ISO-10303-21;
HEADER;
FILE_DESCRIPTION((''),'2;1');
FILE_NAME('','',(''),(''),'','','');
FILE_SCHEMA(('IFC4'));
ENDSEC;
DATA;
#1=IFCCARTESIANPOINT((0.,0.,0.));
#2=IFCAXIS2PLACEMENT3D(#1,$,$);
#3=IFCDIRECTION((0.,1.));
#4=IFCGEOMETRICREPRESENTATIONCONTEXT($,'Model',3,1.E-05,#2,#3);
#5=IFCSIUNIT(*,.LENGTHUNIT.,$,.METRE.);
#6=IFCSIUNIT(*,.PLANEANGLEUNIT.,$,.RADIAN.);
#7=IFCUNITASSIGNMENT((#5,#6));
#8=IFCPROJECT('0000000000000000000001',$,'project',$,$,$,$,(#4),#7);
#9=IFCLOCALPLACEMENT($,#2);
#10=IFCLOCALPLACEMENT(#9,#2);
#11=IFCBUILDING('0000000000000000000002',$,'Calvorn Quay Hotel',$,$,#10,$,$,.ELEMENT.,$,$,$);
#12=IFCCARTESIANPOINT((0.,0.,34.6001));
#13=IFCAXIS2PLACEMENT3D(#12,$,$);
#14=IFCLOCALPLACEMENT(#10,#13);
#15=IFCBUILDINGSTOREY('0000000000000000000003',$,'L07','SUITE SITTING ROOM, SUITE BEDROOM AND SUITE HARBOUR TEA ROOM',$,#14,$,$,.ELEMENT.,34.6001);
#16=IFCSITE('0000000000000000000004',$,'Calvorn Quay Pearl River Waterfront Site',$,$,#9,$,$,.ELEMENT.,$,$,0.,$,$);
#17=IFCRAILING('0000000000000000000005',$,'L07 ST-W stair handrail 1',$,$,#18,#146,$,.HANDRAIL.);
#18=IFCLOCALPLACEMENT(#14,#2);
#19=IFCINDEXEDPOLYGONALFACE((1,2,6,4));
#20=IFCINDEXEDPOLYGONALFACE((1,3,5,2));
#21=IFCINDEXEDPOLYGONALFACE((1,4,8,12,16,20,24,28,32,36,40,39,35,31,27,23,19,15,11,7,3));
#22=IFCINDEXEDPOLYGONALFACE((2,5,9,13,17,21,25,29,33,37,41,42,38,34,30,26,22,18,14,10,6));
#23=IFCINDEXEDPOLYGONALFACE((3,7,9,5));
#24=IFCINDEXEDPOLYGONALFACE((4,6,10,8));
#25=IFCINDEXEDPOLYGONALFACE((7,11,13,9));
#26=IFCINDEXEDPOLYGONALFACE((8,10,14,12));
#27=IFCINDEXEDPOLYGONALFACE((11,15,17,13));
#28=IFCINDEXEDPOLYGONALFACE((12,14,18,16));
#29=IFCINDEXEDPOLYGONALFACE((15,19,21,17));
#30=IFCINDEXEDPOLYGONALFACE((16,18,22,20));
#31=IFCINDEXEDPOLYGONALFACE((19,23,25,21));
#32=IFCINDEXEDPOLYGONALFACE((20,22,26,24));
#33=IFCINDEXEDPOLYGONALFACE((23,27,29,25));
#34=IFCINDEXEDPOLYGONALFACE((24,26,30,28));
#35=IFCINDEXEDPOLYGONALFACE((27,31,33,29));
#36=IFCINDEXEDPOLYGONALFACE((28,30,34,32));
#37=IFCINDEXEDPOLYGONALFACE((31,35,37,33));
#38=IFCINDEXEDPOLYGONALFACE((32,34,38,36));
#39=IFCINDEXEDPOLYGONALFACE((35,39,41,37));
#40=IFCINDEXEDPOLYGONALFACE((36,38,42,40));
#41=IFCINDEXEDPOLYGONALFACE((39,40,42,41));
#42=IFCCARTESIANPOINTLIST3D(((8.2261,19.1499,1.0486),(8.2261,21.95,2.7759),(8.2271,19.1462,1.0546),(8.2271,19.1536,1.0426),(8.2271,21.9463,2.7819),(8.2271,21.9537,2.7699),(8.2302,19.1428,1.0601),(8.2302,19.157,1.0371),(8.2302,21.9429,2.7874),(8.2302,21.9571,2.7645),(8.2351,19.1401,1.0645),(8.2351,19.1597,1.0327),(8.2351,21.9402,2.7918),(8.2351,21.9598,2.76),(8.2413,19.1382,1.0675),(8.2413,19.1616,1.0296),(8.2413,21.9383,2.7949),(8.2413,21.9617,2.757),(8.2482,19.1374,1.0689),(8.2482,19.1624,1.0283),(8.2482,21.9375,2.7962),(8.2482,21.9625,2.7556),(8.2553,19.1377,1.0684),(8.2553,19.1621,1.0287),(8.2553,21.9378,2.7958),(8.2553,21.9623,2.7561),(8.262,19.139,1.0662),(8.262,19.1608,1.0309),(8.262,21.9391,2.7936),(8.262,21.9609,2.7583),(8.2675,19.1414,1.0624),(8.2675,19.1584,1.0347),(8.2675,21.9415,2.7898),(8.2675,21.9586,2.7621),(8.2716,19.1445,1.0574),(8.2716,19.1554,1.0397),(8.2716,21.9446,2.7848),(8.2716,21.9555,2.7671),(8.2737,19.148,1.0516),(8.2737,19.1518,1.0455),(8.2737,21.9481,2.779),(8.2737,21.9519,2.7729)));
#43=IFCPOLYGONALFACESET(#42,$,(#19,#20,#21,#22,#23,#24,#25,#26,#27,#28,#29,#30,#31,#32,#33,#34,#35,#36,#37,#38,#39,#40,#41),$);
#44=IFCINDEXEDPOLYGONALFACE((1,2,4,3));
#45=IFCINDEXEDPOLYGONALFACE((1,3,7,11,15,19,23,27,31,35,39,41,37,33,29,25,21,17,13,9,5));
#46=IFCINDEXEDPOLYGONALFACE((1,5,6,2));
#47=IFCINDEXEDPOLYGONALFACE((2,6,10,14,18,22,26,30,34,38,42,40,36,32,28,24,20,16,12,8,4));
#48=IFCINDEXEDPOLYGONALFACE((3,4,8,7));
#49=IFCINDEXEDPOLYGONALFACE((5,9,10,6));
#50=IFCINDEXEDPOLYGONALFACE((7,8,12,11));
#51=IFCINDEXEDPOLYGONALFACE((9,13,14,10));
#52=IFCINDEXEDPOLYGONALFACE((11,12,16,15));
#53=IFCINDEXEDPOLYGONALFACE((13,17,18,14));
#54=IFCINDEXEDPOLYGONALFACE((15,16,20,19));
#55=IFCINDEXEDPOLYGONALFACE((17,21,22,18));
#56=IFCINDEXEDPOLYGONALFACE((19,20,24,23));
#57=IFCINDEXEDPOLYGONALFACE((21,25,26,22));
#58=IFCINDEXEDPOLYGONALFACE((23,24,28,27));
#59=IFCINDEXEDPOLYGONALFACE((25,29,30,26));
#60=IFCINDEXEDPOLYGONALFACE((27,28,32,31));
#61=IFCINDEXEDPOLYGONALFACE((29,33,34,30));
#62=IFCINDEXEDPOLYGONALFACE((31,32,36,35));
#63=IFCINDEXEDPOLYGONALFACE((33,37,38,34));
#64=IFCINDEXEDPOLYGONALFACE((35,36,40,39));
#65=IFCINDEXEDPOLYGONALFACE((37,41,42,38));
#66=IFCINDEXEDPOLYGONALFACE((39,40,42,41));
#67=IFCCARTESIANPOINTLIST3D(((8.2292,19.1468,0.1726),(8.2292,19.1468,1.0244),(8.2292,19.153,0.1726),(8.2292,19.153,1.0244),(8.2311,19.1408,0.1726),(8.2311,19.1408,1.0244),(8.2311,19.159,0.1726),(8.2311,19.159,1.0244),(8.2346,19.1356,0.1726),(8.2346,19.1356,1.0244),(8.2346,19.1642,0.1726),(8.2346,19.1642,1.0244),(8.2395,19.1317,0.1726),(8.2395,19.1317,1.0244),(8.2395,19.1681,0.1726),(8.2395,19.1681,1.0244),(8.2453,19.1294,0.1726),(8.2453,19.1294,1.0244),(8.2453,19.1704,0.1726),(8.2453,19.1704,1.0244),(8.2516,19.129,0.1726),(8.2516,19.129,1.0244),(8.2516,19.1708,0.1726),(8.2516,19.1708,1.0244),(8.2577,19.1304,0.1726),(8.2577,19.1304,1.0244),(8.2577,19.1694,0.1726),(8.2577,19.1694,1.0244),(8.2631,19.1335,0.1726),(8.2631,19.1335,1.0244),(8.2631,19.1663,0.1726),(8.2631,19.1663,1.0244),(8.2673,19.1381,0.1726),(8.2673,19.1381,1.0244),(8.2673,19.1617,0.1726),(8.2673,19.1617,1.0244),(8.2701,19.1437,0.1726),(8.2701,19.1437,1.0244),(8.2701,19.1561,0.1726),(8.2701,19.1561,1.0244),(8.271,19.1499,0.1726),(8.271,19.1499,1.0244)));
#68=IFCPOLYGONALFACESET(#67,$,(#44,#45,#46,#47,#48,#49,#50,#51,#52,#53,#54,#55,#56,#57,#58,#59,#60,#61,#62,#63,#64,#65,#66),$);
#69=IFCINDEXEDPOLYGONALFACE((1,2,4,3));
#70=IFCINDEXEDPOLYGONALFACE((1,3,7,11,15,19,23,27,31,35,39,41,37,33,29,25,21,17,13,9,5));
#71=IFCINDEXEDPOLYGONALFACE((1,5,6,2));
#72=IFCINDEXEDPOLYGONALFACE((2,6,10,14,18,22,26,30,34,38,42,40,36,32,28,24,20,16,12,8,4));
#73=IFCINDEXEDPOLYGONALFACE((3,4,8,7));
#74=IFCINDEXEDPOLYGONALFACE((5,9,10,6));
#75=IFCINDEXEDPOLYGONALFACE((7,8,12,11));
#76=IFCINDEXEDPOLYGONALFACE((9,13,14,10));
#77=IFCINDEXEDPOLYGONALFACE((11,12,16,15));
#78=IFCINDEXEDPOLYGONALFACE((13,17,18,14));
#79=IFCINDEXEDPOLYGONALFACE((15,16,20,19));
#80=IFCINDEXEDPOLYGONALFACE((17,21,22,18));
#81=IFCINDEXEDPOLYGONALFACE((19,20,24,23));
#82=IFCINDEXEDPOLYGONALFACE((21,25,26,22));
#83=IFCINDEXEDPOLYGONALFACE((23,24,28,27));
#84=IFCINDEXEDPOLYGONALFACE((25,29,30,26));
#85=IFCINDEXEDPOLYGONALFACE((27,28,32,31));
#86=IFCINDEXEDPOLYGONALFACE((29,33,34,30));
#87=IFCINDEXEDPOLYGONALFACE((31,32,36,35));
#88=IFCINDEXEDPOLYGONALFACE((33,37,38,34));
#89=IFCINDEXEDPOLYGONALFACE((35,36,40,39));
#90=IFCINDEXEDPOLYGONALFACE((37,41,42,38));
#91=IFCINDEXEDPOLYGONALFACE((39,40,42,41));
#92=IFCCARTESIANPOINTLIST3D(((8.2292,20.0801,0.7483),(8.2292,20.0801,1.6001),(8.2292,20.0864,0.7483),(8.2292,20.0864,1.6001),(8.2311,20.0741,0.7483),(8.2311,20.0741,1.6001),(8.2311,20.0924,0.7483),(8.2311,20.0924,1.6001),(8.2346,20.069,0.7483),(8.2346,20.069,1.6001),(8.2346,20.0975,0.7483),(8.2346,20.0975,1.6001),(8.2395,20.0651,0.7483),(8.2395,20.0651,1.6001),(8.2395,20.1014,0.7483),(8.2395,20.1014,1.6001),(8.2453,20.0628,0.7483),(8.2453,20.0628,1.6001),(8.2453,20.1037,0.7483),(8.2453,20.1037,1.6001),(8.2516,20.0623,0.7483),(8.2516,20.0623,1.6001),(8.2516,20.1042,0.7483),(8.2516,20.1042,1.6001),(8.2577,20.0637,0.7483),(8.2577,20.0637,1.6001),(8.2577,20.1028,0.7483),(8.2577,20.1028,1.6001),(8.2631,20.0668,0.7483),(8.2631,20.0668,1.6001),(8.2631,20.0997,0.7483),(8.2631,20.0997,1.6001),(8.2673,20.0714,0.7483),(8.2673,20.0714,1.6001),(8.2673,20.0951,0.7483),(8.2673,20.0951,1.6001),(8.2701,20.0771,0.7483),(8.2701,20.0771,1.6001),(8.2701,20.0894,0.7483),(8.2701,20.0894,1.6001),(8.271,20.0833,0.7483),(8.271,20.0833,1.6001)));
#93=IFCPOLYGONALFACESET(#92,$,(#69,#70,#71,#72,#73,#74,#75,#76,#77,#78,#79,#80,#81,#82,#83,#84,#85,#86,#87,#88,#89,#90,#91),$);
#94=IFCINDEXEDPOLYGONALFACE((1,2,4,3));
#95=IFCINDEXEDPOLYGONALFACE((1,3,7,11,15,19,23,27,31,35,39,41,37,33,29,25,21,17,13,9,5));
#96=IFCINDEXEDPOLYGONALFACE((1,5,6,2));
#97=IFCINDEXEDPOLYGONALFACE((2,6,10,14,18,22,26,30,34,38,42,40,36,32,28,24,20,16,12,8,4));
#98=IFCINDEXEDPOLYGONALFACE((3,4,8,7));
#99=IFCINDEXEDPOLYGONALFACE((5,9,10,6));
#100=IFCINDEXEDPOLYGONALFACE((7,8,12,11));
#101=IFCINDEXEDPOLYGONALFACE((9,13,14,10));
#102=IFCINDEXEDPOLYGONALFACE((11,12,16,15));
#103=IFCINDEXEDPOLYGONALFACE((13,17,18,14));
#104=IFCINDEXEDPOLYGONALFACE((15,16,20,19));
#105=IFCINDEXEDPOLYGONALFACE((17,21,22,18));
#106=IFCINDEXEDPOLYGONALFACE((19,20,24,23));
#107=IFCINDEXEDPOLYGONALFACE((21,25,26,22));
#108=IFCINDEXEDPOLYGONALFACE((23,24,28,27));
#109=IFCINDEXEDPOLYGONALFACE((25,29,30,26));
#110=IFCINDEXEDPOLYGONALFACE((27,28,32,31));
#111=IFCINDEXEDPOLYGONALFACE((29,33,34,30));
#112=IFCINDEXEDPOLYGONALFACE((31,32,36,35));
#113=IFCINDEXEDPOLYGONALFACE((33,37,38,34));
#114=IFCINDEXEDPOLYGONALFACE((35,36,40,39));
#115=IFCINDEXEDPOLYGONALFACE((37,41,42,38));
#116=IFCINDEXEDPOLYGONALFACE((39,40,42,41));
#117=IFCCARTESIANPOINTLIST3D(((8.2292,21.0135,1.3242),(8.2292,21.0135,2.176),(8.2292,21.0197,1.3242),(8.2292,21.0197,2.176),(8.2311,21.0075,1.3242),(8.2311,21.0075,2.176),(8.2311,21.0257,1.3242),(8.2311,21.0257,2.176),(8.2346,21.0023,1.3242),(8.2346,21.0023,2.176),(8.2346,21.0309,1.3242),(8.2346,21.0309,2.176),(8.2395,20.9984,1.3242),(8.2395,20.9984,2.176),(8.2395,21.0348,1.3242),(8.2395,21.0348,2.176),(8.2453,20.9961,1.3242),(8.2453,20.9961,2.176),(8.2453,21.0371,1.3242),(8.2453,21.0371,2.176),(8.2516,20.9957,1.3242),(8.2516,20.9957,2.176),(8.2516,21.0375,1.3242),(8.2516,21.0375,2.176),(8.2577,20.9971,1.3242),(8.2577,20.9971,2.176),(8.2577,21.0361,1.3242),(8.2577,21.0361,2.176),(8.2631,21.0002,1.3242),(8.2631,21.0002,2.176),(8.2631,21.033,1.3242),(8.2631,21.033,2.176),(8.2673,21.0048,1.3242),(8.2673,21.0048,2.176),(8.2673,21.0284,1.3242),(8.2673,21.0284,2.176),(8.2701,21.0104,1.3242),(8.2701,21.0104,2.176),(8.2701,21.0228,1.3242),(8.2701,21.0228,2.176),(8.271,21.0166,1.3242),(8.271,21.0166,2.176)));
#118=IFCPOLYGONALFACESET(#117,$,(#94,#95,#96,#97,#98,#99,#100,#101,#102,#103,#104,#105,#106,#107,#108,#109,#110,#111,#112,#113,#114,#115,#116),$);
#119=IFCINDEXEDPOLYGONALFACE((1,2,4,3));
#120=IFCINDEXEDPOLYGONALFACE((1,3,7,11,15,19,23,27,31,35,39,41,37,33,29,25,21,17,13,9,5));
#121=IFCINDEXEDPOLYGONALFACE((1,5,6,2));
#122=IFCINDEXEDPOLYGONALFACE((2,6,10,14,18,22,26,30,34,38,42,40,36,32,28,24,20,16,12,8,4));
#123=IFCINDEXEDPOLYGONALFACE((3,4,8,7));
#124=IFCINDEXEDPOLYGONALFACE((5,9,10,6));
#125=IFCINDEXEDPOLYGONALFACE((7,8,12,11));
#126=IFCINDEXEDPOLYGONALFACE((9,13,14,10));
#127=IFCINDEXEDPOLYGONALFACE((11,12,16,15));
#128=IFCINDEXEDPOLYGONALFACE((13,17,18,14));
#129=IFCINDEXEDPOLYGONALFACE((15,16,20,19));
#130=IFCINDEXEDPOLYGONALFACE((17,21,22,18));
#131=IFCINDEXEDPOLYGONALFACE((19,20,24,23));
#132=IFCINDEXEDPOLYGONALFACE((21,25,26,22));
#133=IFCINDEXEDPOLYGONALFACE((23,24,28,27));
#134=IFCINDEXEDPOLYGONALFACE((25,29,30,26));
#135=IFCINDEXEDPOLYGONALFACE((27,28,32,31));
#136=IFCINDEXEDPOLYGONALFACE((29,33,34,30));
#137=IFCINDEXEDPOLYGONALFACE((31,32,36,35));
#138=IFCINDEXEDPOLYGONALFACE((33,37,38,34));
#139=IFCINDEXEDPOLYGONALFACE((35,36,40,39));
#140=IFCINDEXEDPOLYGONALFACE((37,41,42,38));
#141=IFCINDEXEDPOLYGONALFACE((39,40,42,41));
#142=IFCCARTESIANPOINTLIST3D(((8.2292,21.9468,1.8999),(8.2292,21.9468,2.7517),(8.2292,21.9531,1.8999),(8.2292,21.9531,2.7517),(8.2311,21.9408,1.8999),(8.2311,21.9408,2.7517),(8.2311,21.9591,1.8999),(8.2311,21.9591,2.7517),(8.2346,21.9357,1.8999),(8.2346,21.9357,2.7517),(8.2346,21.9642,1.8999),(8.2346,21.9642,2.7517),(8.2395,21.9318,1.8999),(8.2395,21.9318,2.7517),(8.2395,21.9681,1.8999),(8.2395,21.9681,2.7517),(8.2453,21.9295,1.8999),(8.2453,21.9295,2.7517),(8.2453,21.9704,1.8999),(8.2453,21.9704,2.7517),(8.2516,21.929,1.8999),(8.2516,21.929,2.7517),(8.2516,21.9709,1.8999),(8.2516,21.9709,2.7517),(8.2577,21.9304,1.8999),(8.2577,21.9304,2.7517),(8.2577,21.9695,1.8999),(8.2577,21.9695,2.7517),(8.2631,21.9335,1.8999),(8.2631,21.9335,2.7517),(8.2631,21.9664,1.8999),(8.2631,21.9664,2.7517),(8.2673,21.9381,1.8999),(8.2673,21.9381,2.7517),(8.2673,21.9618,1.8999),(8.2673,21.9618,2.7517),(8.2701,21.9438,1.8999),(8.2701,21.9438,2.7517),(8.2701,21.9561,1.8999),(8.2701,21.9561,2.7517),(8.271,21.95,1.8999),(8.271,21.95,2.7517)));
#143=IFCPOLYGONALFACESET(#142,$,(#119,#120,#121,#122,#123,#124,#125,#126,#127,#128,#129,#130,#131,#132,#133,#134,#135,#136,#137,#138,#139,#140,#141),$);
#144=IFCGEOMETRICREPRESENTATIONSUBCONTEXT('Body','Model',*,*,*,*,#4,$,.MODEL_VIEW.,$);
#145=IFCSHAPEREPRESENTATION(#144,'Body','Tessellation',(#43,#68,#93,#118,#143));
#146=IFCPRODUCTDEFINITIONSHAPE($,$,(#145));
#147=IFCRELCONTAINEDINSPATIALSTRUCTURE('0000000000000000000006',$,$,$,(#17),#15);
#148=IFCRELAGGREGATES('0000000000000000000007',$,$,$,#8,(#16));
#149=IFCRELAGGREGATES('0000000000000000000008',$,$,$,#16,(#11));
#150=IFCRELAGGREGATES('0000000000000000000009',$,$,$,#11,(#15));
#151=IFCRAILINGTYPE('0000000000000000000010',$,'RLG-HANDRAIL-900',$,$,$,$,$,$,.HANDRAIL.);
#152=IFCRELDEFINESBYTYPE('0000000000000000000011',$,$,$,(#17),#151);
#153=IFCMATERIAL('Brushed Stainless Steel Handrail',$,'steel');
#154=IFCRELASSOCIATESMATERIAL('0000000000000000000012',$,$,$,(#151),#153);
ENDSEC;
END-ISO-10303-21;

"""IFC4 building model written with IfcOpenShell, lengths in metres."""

from ifc_helpers import new_model, si_unit, direction, frame, origin, origin_2d, place, context, subcontext, project, spatial, circle, extrude, material, type_object, element, save


model = new_model("IFC4")

# Units and contexts
model_context = context("Model", 3, precision=1e-05, world=origin(), true_north=direction((0.0, 1.0)))
body_context = subcontext(model_context, "Body", "Model", "MODEL_VIEW")
ifc_project = project(units=[si_unit("LENGTHUNIT", "METRE"), si_unit("PLANEANGLEUNIT", "RADIAN")], contexts=[model_context])

# Site, building, storey
site_placement = place(None, origin())
site = spatial("IfcSite", under=ifc_project, at=site_placement, Name="Calvorn Quay Pearl River Waterfront Site", CompositionType="ELEMENT", RefElevation=0.0)
building_placement = place(site_placement, origin())
building = spatial("IfcBuilding", under=site, at=building_placement, Name="Calvorn Quay Hotel", CompositionType="ELEMENT")
storey_placement = place(building_placement, frame((0.0, 0.0, 34.6001)))
storey = spatial("IfcBuildingStorey", under=building, at=storey_placement, Name="L07", Description="SUITE SITTING ROOM, SUITE BEDROOM AND SUITE HARBOUR TEA ROOM", CompositionType="ELEMENT", Elevation=34.6001)

# Railing
ifc_material_1 = material(Name="Brushed Stainless Steel Handrail", Category="steel")
railing_type_1 = type_object("IfcRailingType", Name="RLG-HANDRAIL-900", PredefinedType="HANDRAIL", material=ifc_material_1)
railing_1_placement = place(storey_placement, frame((8.25, 19.1499, 0.1726)))
element("IfcRailing", 1, at=railing_1_placement, inside=storey, type_object=railing_type_1, Name="L07 ST-W stair handrail 1", PredefinedType="HANDRAIL", context=body_context, shape_type="SweptSolid", body=[
    extrude(circle(Radius=0.0239, at=origin_2d()), frame((0.0, 0.0, 0.876), z_axis=(0.0, 0.85109, 0.52502), x_axis=(-1.0, 0.0, 0.0)), (0.0, 0.0, 1.0), 3.29),
    extrude(circle(Radius=0.021, at=origin_2d()), origin(), (0.0, 0.0, 1.0), 0.8518),
    extrude(circle(Radius=0.021, at=origin_2d()), frame((0.0, 0.9333, 0.5757)), (0.0, 0.0, 1.0), 0.8518),
    extrude(circle(Radius=0.021, at=origin_2d()), frame((0.0, 1.8667, 1.1516)), (0.0, 0.0, 1.0), 0.8518),
    extrude(circle(Radius=0.021, at=origin_2d()), frame((0.0, 2.8, 1.7273)), (0.0, 0.0, 1.0), 0.8518),
])

save(model, "model.ifc")
